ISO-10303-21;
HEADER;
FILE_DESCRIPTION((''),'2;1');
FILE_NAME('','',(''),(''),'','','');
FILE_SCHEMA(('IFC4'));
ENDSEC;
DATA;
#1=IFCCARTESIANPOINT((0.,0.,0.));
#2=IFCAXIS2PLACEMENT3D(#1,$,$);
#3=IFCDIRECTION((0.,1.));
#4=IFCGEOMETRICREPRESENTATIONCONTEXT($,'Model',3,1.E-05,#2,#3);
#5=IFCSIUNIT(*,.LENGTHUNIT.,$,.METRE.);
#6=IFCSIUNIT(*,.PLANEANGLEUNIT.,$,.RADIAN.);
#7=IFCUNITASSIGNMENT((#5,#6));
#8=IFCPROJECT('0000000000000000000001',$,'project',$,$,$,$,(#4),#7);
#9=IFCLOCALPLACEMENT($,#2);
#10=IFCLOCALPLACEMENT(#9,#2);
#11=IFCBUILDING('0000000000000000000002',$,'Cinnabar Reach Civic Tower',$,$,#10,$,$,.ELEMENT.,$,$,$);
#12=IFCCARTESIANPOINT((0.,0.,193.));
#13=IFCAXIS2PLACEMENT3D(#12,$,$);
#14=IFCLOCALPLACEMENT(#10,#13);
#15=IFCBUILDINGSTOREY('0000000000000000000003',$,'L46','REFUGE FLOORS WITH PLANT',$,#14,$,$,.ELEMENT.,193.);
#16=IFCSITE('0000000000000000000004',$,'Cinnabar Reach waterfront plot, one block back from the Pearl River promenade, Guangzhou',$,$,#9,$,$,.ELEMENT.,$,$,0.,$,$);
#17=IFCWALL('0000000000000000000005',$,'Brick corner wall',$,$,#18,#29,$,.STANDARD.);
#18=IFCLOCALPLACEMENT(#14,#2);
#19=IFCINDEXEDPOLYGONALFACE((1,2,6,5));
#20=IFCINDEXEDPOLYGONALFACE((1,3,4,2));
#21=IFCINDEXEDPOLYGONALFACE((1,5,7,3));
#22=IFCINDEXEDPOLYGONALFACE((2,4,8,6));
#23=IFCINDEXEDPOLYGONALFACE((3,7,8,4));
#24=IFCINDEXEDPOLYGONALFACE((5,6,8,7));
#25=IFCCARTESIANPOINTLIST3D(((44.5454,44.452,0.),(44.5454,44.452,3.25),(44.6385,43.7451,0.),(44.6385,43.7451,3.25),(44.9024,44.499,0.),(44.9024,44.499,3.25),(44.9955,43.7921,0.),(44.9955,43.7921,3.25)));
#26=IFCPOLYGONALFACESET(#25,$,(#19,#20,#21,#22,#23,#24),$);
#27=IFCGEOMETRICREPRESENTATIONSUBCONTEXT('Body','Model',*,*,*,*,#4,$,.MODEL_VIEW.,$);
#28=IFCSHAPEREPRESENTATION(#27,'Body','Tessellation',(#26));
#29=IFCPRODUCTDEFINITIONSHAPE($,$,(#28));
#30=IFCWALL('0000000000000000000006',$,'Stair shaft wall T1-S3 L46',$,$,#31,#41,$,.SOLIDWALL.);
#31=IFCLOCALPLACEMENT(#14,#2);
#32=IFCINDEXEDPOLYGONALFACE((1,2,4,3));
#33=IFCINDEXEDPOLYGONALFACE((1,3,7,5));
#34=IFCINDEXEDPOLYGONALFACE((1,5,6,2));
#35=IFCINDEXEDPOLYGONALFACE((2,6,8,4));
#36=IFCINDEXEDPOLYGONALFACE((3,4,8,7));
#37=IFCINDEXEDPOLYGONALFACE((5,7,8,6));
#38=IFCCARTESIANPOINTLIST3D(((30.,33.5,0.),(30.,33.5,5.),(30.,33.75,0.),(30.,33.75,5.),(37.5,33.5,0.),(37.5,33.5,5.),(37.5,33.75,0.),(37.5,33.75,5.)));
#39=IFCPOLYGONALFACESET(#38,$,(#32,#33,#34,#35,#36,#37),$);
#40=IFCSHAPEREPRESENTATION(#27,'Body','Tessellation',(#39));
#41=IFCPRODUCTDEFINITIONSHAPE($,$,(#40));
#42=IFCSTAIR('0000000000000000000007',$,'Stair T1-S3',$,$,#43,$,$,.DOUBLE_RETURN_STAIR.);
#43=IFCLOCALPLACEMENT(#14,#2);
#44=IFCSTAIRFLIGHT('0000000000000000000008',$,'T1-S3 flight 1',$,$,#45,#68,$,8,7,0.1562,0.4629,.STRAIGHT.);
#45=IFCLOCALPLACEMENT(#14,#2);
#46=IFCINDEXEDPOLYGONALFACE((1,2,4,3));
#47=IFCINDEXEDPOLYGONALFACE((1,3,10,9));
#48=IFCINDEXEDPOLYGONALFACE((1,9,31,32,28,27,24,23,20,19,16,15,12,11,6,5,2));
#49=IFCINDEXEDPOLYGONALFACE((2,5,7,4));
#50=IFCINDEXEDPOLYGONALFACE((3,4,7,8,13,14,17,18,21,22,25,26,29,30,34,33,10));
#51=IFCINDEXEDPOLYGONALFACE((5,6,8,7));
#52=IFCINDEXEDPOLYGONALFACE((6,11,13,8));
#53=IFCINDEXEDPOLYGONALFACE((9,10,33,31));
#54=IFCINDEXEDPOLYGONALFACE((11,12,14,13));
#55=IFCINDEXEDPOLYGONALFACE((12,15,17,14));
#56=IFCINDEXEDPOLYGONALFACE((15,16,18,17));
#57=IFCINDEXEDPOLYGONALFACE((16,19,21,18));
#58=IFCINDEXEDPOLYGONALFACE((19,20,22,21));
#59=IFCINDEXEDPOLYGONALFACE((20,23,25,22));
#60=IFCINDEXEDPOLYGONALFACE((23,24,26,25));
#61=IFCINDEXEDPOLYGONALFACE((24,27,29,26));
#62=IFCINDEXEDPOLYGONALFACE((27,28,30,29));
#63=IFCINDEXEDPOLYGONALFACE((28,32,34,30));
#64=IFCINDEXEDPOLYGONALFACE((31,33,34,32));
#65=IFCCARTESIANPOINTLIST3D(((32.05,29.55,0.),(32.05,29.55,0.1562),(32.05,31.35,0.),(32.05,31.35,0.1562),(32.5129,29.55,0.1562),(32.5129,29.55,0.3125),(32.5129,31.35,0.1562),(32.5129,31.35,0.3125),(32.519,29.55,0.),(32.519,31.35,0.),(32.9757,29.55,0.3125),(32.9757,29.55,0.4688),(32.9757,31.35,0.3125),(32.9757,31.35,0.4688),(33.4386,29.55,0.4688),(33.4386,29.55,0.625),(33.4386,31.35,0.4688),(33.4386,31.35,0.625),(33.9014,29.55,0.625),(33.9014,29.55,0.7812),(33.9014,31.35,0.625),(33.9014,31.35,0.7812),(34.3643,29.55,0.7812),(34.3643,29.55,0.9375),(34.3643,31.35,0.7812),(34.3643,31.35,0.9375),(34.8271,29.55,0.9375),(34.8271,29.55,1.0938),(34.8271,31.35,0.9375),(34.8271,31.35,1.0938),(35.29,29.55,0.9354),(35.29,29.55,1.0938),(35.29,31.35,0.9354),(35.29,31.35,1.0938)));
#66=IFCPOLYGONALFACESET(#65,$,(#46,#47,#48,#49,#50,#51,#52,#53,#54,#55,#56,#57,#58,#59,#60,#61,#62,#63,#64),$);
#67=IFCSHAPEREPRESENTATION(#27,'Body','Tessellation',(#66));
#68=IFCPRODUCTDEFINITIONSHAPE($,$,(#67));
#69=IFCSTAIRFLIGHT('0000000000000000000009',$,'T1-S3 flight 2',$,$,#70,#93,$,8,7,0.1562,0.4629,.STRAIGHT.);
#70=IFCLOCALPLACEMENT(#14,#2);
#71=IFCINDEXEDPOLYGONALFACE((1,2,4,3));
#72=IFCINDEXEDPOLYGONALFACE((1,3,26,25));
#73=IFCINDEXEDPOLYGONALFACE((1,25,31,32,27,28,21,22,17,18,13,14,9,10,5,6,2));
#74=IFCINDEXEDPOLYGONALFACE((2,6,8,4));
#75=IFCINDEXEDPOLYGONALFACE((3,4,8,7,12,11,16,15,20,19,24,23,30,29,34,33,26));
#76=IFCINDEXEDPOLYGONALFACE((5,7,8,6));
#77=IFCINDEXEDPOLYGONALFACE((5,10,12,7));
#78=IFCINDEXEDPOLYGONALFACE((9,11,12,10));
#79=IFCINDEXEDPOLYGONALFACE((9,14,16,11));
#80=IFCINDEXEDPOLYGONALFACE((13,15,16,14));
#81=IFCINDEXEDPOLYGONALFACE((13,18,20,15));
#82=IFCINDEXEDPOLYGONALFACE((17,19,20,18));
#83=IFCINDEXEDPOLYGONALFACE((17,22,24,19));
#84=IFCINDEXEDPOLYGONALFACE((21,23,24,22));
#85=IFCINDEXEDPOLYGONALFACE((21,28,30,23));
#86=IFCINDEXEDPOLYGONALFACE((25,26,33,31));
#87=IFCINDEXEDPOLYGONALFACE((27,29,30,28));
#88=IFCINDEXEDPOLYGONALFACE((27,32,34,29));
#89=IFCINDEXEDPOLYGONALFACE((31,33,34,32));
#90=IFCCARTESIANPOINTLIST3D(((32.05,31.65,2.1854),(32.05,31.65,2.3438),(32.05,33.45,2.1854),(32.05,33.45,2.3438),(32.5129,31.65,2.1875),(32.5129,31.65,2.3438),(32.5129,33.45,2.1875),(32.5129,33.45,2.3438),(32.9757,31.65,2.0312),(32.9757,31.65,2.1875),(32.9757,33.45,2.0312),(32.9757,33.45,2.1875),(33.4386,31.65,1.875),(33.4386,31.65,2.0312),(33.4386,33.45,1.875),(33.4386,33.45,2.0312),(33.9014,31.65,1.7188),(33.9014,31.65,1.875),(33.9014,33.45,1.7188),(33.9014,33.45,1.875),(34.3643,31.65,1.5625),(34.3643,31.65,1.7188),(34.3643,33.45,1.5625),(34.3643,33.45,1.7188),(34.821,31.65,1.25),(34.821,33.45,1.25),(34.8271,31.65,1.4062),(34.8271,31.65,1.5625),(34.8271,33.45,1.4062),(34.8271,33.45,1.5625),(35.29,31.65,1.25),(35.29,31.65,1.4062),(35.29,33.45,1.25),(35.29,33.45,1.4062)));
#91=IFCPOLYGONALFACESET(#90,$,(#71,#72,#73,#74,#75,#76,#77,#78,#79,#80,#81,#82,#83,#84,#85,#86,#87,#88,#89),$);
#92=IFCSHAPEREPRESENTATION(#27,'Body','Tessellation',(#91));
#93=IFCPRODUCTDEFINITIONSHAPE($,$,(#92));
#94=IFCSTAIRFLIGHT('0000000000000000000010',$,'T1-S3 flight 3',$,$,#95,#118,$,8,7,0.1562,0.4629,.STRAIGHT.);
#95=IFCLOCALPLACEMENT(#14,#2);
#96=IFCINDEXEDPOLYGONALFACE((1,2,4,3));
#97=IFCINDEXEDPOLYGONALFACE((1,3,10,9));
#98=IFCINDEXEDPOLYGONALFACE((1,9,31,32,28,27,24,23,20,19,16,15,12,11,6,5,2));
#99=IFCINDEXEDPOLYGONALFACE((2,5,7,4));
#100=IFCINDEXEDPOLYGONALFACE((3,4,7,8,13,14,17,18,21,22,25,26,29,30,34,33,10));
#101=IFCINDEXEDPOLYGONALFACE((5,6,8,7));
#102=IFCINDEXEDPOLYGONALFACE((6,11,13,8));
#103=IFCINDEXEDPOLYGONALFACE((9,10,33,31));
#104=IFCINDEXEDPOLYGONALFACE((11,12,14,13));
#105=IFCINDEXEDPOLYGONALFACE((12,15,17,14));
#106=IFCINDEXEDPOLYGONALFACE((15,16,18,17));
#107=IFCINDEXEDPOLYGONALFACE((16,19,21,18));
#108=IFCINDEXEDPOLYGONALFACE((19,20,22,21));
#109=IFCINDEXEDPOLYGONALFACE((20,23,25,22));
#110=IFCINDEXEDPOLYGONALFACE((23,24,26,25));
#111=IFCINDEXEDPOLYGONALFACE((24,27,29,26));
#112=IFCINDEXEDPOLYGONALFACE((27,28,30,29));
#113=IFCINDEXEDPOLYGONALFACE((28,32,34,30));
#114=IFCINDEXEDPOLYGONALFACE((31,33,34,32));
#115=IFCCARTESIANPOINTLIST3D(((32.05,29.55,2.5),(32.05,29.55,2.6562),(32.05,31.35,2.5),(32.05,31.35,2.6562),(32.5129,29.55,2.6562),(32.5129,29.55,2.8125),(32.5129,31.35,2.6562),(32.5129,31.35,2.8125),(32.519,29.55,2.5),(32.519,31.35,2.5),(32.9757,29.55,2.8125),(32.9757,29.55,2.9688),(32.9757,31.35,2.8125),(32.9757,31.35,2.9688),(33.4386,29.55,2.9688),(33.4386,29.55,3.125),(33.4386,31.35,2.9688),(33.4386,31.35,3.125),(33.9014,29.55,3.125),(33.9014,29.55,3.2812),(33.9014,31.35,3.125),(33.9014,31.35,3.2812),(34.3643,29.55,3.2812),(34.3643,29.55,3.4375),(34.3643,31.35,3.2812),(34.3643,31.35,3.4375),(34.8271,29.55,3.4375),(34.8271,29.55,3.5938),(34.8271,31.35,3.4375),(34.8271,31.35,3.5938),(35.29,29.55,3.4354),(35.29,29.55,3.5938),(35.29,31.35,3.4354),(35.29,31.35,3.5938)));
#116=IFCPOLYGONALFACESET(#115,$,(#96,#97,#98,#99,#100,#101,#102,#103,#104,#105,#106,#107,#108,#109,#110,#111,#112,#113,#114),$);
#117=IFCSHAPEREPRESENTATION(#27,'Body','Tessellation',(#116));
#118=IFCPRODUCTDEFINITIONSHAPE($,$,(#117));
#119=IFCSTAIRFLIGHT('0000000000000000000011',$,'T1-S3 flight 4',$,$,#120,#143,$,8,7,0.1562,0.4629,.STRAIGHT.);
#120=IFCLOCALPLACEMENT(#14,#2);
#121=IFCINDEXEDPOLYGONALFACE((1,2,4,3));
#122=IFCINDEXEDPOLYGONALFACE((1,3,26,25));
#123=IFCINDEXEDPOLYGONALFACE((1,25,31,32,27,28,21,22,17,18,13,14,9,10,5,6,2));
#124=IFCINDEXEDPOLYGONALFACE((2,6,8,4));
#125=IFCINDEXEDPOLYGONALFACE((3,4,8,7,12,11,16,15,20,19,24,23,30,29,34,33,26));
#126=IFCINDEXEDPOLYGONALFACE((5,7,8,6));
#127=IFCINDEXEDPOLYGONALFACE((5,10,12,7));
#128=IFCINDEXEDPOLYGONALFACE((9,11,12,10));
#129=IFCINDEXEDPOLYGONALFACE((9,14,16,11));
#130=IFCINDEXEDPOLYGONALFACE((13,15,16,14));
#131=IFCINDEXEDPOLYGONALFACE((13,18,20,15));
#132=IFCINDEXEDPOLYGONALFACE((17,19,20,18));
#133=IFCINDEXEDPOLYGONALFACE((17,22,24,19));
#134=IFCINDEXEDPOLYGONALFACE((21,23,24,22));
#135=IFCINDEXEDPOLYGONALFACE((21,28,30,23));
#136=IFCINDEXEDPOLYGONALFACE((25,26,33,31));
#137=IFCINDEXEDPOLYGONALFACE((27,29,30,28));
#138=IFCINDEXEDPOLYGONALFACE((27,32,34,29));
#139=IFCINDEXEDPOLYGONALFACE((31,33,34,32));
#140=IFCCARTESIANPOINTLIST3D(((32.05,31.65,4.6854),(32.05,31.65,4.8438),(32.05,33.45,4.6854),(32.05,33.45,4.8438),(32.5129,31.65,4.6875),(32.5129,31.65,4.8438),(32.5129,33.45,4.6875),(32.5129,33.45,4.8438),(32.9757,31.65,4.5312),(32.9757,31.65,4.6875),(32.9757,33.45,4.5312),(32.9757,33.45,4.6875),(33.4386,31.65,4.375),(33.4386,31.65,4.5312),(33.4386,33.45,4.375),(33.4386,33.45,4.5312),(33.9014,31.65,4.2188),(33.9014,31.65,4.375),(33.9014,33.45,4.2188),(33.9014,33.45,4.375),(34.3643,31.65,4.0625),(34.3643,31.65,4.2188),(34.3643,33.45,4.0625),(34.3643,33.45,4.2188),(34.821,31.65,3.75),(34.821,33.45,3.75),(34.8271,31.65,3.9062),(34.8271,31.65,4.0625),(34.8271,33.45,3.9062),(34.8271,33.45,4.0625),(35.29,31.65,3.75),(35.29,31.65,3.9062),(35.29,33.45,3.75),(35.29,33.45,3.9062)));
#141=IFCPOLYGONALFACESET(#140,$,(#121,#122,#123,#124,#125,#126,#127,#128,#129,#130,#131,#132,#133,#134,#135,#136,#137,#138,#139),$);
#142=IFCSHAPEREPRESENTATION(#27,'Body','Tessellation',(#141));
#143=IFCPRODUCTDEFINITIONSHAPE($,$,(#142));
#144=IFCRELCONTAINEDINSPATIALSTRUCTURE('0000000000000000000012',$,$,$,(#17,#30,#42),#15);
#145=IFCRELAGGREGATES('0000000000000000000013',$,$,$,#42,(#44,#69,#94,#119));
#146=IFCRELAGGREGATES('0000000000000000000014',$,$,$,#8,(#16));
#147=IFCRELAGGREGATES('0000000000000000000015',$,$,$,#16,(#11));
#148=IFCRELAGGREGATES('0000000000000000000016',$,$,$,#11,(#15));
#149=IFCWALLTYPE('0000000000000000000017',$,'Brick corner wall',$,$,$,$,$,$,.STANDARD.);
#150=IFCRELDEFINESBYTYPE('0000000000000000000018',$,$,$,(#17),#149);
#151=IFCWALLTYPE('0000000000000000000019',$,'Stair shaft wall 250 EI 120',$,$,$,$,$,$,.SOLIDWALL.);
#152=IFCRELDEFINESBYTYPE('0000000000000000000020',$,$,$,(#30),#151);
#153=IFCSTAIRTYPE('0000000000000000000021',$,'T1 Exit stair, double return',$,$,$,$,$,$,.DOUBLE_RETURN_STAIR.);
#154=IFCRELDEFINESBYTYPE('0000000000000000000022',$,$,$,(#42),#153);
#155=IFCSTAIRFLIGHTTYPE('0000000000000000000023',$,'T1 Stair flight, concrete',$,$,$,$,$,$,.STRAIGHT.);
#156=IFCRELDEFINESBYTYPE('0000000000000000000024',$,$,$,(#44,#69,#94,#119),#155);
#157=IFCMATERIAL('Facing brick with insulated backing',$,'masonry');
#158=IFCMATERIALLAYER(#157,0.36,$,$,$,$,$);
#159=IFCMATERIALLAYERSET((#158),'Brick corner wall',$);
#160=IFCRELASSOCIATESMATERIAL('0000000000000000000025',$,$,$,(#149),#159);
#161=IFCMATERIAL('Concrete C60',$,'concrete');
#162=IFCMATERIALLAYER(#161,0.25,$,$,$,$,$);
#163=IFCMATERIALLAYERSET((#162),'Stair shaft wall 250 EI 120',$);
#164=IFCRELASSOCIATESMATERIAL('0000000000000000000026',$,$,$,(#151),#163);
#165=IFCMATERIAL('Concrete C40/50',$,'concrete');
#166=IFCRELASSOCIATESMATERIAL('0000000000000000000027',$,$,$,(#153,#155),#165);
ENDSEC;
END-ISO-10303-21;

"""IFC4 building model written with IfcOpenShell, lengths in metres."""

from ifc_helpers import new_model, si_unit, direction, frame, frame_2d, origin, place, context, subcontext, project, spatial, polyline, rectangle, outline, extrude, material, layer, layer_set, type_object, element, aggregate, save


model = new_model("IFC4")

# Units and contexts
model_context = context("Model", 3, precision=1e-05, world=origin(), true_north=direction((0.0, 1.0)))
body_context = subcontext(model_context, "Body", "Model", "MODEL_VIEW")
ifc_project = project(units=[si_unit("LENGTHUNIT", "METRE"), si_unit("PLANEANGLEUNIT", "RADIAN")], contexts=[model_context])

# Site, building, storey
site_placement = place(None, origin())
site = spatial("IfcSite", under=ifc_project, at=site_placement, Name="Cinnabar Reach waterfront plot, one block back from the Pearl River promenade, Guangzhou", CompositionType="ELEMENT", RefElevation=0.0)
building_placement = place(site_placement, origin())
building = spatial("IfcBuilding", under=site, at=building_placement, Name="Cinnabar Reach Civic Tower", CompositionType="ELEMENT")
storey_placement = place(building_placement, frame((0.0, 0.0, 193.0)))
storey = spatial("IfcBuildingStorey", under=building, at=storey_placement, Name="L46", Description="REFUGE FLOORS WITH PLANT", CompositionType="ELEMENT", Elevation=193.0)

# Walls
ifc_material_1 = material(Name="Facing brick with insulated backing", Category="masonry")
ifc_layer_1 = layer(ifc_material_1, 0.36)
ifc_layer_set_1 = layer_set([ifc_layer_1], Name="Brick corner wall")
wall_type_1 = type_object("IfcWallType", Name="Brick corner wall", PredefinedType="STANDARD", material=ifc_layer_set_1)
wall_1_placement = place(storey_placement, frame((44.817, 43.7686, 0.0), z_axis=(0.0, 0.0, 1.0), x_axis=(-0.130556, 0.991441, 0.0)))
element("IfcWall", 1, at=wall_1_placement, inside=storey, type_object=wall_type_1, Name="Brick corner wall", PredefinedType="STANDARD", context=body_context, shape_type="SweptSolid", body=[
    extrude(rectangle(XDim=0.7131, YDim=0.36, at=frame_2d((0.3565, 0.0))), origin(), (0.0, 0.0, 1.0), 3.25),
])
ifc_material_2 = material(Name="Concrete C60", Category="concrete")
ifc_layer_2 = layer(ifc_material_2, 0.25)
ifc_layer_set_2 = layer_set([ifc_layer_2], Name="Stair shaft wall 250 EI 120")
wall_type_2 = type_object("IfcWallType", Name="Stair shaft wall 250 EI 120", PredefinedType="SOLIDWALL", material=ifc_layer_set_2)
wall_2_placement = place(storey_placement, frame((37.5, 33.625, 0.0), z_axis=(0.0, 0.0, 1.0), x_axis=(-1.0, 0.0, 0.0)))
element("IfcWall", 2, at=wall_2_placement, inside=storey, type_object=wall_type_2, Name="Stair shaft wall T1-S3 L46", PredefinedType="SOLIDWALL", context=body_context, shape_type="SweptSolid", body=[
    extrude(rectangle(XDim=7.5, YDim=0.25, at=frame_2d((3.75, 0.0))), origin(), (0.0, 0.0, 1.0), 5.0),
])

# Stair, stair flights
ifc_material_3 = material(Name="Concrete C40/50", Category="concrete")
stair_type = type_object("IfcStairType", Name="T1 Exit stair, double return", PredefinedType="DOUBLE_RETURN_STAIR", material=ifc_material_3)
stair_placement = place(storey_placement, origin())
stair = element("IfcStair", 3, at=stair_placement, inside=storey, type_object=stair_type, Name="Stair T1-S3", PredefinedType="DOUBLE_RETURN_STAIR")
stair_flight_type = type_object("IfcStairFlightType", Name="T1 Stair flight, concrete", PredefinedType="STRAIGHT", material=ifc_material_3)
stair_flight_1_placement = place(storey_placement, frame((32.05, 30.45, 0.0), z_axis=(0.0, 0.0, 1.0), x_axis=(1.0, 0.0, 0.0)))
stair_flight_1 = element("IfcStairFlight", 4, at=stair_flight_1_placement, type_object=stair_flight_type, Name="T1-S3 flight 1", NumberOfRisers=8, NumberOfTreads=7, PredefinedType="STRAIGHT", RiserHeight=0.1562, TreadLength=0.4629, context=body_context, shape_type="SweptSolid", body=[
    extrude(outline(polyline([(0.0, 0.0), (0.0, 0.1562), (0.4629, 0.1562), (0.4629, 0.3125), (0.9257, 0.3125), (0.9257, 0.4688), (1.3886, 0.4688), (1.3886, 0.625), (1.8514, 0.625), (1.8514, 0.7812), (2.3143, 0.7812), (2.3143, 0.9375), (2.7771, 0.9375), (2.7771, 1.0938), (3.24, 1.0938), (3.24, 1.25), (3.24, 0.9354), (0.469, 0.0), (0.0, 0.0)])), frame((0.0, 0.9, 0.0), z_axis=(0.0, -1.0, 0.0), x_axis=(1.0, 0.0, 0.0)), (0.0, 0.0, 1.0), 1.8),
])
stair_flight_2_placement = place(storey_placement, frame((35.29, 32.55, 1.25), z_axis=(0.0, 0.0, 1.0), x_axis=(-1.0, 0.0, 0.0)))
stair_flight_2 = element("IfcStairFlight", 5, at=stair_flight_2_placement, type_object=stair_flight_type, Name="T1-S3 flight 2", NumberOfRisers=8, NumberOfTreads=7, PredefinedType="STRAIGHT", RiserHeight=0.1562, TreadLength=0.4629, context=body_context, shape_type="SweptSolid", body=[
    extrude(outline(polyline([(0.0, 0.0), (0.0, 0.1562), (0.4629, 0.1562), (0.4629, 0.3125), (0.9257, 0.3125), (0.9257, 0.4688), (1.3886, 0.4688), (1.3886, 0.625), (1.8514, 0.625), (1.8514, 0.7812), (2.3143, 0.7812), (2.3143, 0.9375), (2.7771, 0.9375), (2.7771, 1.0938), (3.24, 1.0938), (3.24, 1.25), (3.24, 0.9354), (0.469, 0.0), (0.0, 0.0)])), frame((0.0, 0.9, 0.0), z_axis=(0.0, -1.0, 0.0), x_axis=(1.0, 0.0, 0.0)), (0.0, 0.0, 1.0), 1.8),
])
stair_flight_3_placement = place(storey_placement, frame((32.05, 30.45, 2.5), z_axis=(0.0, 0.0, 1.0), x_axis=(1.0, 0.0, 0.0)))
stair_flight_3 = element("IfcStairFlight", 6, at=stair_flight_3_placement, type_object=stair_flight_type, Name="T1-S3 flight 3", NumberOfRisers=8, NumberOfTreads=7, PredefinedType="STRAIGHT", RiserHeight=0.1562, TreadLength=0.4629, context=body_context, shape_type="SweptSolid", body=[
    extrude(outline(polyline([(0.0, 0.0), (0.0, 0.1562), (0.4629, 0.1562), (0.4629, 0.3125), (0.9257, 0.3125), (0.9257, 0.4688), (1.3886, 0.4688), (1.3886, 0.625), (1.8514, 0.625), (1.8514, 0.7812), (2.3143, 0.7812), (2.3143, 0.9375), (2.7771, 0.9375), (2.7771, 1.0938), (3.24, 1.0938), (3.24, 1.25), (3.24, 0.9354), (0.469, 0.0), (0.0, 0.0)])), frame((0.0, 0.9, 0.0), z_axis=(0.0, -1.0, 0.0), x_axis=(1.0, 0.0, 0.0)), (0.0, 0.0, 1.0), 1.8),
])
stair_flight_4_placement = place(storey_placement, frame((35.29, 32.55, 3.75), z_axis=(0.0, 0.0, 1.0), x_axis=(-1.0, 0.0, 0.0)))
stair_flight_4 = element("IfcStairFlight", 7, at=stair_flight_4_placement, type_object=stair_flight_type, Name="T1-S3 flight 4", NumberOfRisers=8, NumberOfTreads=7, PredefinedType="STRAIGHT", RiserHeight=0.1562, TreadLength=0.4629, context=body_context, shape_type="SweptSolid", body=[
    extrude(outline(polyline([(0.0, 0.0), (0.0, 0.1562), (0.4629, 0.1562), (0.4629, 0.3125), (0.9257, 0.3125), (0.9257, 0.4688), (1.3886, 0.4688), (1.3886, 0.625), (1.8514, 0.625), (1.8514, 0.7812), (2.3143, 0.7812), (2.3143, 0.9375), (2.7771, 0.9375), (2.7771, 1.0938), (3.24, 1.0938), (3.24, 1.25), (3.24, 0.9354), (0.469, 0.0), (0.0, 0.0)])), frame((0.0, 0.9, 0.0), z_axis=(0.0, -1.0, 0.0), x_axis=(1.0, 0.0, 0.0)), (0.0, 0.0, 1.0), 1.8),
])
aggregate(stair, [stair_flight_1, stair_flight_2, stair_flight_3, stair_flight_4])

save(model, "model.ifc")
